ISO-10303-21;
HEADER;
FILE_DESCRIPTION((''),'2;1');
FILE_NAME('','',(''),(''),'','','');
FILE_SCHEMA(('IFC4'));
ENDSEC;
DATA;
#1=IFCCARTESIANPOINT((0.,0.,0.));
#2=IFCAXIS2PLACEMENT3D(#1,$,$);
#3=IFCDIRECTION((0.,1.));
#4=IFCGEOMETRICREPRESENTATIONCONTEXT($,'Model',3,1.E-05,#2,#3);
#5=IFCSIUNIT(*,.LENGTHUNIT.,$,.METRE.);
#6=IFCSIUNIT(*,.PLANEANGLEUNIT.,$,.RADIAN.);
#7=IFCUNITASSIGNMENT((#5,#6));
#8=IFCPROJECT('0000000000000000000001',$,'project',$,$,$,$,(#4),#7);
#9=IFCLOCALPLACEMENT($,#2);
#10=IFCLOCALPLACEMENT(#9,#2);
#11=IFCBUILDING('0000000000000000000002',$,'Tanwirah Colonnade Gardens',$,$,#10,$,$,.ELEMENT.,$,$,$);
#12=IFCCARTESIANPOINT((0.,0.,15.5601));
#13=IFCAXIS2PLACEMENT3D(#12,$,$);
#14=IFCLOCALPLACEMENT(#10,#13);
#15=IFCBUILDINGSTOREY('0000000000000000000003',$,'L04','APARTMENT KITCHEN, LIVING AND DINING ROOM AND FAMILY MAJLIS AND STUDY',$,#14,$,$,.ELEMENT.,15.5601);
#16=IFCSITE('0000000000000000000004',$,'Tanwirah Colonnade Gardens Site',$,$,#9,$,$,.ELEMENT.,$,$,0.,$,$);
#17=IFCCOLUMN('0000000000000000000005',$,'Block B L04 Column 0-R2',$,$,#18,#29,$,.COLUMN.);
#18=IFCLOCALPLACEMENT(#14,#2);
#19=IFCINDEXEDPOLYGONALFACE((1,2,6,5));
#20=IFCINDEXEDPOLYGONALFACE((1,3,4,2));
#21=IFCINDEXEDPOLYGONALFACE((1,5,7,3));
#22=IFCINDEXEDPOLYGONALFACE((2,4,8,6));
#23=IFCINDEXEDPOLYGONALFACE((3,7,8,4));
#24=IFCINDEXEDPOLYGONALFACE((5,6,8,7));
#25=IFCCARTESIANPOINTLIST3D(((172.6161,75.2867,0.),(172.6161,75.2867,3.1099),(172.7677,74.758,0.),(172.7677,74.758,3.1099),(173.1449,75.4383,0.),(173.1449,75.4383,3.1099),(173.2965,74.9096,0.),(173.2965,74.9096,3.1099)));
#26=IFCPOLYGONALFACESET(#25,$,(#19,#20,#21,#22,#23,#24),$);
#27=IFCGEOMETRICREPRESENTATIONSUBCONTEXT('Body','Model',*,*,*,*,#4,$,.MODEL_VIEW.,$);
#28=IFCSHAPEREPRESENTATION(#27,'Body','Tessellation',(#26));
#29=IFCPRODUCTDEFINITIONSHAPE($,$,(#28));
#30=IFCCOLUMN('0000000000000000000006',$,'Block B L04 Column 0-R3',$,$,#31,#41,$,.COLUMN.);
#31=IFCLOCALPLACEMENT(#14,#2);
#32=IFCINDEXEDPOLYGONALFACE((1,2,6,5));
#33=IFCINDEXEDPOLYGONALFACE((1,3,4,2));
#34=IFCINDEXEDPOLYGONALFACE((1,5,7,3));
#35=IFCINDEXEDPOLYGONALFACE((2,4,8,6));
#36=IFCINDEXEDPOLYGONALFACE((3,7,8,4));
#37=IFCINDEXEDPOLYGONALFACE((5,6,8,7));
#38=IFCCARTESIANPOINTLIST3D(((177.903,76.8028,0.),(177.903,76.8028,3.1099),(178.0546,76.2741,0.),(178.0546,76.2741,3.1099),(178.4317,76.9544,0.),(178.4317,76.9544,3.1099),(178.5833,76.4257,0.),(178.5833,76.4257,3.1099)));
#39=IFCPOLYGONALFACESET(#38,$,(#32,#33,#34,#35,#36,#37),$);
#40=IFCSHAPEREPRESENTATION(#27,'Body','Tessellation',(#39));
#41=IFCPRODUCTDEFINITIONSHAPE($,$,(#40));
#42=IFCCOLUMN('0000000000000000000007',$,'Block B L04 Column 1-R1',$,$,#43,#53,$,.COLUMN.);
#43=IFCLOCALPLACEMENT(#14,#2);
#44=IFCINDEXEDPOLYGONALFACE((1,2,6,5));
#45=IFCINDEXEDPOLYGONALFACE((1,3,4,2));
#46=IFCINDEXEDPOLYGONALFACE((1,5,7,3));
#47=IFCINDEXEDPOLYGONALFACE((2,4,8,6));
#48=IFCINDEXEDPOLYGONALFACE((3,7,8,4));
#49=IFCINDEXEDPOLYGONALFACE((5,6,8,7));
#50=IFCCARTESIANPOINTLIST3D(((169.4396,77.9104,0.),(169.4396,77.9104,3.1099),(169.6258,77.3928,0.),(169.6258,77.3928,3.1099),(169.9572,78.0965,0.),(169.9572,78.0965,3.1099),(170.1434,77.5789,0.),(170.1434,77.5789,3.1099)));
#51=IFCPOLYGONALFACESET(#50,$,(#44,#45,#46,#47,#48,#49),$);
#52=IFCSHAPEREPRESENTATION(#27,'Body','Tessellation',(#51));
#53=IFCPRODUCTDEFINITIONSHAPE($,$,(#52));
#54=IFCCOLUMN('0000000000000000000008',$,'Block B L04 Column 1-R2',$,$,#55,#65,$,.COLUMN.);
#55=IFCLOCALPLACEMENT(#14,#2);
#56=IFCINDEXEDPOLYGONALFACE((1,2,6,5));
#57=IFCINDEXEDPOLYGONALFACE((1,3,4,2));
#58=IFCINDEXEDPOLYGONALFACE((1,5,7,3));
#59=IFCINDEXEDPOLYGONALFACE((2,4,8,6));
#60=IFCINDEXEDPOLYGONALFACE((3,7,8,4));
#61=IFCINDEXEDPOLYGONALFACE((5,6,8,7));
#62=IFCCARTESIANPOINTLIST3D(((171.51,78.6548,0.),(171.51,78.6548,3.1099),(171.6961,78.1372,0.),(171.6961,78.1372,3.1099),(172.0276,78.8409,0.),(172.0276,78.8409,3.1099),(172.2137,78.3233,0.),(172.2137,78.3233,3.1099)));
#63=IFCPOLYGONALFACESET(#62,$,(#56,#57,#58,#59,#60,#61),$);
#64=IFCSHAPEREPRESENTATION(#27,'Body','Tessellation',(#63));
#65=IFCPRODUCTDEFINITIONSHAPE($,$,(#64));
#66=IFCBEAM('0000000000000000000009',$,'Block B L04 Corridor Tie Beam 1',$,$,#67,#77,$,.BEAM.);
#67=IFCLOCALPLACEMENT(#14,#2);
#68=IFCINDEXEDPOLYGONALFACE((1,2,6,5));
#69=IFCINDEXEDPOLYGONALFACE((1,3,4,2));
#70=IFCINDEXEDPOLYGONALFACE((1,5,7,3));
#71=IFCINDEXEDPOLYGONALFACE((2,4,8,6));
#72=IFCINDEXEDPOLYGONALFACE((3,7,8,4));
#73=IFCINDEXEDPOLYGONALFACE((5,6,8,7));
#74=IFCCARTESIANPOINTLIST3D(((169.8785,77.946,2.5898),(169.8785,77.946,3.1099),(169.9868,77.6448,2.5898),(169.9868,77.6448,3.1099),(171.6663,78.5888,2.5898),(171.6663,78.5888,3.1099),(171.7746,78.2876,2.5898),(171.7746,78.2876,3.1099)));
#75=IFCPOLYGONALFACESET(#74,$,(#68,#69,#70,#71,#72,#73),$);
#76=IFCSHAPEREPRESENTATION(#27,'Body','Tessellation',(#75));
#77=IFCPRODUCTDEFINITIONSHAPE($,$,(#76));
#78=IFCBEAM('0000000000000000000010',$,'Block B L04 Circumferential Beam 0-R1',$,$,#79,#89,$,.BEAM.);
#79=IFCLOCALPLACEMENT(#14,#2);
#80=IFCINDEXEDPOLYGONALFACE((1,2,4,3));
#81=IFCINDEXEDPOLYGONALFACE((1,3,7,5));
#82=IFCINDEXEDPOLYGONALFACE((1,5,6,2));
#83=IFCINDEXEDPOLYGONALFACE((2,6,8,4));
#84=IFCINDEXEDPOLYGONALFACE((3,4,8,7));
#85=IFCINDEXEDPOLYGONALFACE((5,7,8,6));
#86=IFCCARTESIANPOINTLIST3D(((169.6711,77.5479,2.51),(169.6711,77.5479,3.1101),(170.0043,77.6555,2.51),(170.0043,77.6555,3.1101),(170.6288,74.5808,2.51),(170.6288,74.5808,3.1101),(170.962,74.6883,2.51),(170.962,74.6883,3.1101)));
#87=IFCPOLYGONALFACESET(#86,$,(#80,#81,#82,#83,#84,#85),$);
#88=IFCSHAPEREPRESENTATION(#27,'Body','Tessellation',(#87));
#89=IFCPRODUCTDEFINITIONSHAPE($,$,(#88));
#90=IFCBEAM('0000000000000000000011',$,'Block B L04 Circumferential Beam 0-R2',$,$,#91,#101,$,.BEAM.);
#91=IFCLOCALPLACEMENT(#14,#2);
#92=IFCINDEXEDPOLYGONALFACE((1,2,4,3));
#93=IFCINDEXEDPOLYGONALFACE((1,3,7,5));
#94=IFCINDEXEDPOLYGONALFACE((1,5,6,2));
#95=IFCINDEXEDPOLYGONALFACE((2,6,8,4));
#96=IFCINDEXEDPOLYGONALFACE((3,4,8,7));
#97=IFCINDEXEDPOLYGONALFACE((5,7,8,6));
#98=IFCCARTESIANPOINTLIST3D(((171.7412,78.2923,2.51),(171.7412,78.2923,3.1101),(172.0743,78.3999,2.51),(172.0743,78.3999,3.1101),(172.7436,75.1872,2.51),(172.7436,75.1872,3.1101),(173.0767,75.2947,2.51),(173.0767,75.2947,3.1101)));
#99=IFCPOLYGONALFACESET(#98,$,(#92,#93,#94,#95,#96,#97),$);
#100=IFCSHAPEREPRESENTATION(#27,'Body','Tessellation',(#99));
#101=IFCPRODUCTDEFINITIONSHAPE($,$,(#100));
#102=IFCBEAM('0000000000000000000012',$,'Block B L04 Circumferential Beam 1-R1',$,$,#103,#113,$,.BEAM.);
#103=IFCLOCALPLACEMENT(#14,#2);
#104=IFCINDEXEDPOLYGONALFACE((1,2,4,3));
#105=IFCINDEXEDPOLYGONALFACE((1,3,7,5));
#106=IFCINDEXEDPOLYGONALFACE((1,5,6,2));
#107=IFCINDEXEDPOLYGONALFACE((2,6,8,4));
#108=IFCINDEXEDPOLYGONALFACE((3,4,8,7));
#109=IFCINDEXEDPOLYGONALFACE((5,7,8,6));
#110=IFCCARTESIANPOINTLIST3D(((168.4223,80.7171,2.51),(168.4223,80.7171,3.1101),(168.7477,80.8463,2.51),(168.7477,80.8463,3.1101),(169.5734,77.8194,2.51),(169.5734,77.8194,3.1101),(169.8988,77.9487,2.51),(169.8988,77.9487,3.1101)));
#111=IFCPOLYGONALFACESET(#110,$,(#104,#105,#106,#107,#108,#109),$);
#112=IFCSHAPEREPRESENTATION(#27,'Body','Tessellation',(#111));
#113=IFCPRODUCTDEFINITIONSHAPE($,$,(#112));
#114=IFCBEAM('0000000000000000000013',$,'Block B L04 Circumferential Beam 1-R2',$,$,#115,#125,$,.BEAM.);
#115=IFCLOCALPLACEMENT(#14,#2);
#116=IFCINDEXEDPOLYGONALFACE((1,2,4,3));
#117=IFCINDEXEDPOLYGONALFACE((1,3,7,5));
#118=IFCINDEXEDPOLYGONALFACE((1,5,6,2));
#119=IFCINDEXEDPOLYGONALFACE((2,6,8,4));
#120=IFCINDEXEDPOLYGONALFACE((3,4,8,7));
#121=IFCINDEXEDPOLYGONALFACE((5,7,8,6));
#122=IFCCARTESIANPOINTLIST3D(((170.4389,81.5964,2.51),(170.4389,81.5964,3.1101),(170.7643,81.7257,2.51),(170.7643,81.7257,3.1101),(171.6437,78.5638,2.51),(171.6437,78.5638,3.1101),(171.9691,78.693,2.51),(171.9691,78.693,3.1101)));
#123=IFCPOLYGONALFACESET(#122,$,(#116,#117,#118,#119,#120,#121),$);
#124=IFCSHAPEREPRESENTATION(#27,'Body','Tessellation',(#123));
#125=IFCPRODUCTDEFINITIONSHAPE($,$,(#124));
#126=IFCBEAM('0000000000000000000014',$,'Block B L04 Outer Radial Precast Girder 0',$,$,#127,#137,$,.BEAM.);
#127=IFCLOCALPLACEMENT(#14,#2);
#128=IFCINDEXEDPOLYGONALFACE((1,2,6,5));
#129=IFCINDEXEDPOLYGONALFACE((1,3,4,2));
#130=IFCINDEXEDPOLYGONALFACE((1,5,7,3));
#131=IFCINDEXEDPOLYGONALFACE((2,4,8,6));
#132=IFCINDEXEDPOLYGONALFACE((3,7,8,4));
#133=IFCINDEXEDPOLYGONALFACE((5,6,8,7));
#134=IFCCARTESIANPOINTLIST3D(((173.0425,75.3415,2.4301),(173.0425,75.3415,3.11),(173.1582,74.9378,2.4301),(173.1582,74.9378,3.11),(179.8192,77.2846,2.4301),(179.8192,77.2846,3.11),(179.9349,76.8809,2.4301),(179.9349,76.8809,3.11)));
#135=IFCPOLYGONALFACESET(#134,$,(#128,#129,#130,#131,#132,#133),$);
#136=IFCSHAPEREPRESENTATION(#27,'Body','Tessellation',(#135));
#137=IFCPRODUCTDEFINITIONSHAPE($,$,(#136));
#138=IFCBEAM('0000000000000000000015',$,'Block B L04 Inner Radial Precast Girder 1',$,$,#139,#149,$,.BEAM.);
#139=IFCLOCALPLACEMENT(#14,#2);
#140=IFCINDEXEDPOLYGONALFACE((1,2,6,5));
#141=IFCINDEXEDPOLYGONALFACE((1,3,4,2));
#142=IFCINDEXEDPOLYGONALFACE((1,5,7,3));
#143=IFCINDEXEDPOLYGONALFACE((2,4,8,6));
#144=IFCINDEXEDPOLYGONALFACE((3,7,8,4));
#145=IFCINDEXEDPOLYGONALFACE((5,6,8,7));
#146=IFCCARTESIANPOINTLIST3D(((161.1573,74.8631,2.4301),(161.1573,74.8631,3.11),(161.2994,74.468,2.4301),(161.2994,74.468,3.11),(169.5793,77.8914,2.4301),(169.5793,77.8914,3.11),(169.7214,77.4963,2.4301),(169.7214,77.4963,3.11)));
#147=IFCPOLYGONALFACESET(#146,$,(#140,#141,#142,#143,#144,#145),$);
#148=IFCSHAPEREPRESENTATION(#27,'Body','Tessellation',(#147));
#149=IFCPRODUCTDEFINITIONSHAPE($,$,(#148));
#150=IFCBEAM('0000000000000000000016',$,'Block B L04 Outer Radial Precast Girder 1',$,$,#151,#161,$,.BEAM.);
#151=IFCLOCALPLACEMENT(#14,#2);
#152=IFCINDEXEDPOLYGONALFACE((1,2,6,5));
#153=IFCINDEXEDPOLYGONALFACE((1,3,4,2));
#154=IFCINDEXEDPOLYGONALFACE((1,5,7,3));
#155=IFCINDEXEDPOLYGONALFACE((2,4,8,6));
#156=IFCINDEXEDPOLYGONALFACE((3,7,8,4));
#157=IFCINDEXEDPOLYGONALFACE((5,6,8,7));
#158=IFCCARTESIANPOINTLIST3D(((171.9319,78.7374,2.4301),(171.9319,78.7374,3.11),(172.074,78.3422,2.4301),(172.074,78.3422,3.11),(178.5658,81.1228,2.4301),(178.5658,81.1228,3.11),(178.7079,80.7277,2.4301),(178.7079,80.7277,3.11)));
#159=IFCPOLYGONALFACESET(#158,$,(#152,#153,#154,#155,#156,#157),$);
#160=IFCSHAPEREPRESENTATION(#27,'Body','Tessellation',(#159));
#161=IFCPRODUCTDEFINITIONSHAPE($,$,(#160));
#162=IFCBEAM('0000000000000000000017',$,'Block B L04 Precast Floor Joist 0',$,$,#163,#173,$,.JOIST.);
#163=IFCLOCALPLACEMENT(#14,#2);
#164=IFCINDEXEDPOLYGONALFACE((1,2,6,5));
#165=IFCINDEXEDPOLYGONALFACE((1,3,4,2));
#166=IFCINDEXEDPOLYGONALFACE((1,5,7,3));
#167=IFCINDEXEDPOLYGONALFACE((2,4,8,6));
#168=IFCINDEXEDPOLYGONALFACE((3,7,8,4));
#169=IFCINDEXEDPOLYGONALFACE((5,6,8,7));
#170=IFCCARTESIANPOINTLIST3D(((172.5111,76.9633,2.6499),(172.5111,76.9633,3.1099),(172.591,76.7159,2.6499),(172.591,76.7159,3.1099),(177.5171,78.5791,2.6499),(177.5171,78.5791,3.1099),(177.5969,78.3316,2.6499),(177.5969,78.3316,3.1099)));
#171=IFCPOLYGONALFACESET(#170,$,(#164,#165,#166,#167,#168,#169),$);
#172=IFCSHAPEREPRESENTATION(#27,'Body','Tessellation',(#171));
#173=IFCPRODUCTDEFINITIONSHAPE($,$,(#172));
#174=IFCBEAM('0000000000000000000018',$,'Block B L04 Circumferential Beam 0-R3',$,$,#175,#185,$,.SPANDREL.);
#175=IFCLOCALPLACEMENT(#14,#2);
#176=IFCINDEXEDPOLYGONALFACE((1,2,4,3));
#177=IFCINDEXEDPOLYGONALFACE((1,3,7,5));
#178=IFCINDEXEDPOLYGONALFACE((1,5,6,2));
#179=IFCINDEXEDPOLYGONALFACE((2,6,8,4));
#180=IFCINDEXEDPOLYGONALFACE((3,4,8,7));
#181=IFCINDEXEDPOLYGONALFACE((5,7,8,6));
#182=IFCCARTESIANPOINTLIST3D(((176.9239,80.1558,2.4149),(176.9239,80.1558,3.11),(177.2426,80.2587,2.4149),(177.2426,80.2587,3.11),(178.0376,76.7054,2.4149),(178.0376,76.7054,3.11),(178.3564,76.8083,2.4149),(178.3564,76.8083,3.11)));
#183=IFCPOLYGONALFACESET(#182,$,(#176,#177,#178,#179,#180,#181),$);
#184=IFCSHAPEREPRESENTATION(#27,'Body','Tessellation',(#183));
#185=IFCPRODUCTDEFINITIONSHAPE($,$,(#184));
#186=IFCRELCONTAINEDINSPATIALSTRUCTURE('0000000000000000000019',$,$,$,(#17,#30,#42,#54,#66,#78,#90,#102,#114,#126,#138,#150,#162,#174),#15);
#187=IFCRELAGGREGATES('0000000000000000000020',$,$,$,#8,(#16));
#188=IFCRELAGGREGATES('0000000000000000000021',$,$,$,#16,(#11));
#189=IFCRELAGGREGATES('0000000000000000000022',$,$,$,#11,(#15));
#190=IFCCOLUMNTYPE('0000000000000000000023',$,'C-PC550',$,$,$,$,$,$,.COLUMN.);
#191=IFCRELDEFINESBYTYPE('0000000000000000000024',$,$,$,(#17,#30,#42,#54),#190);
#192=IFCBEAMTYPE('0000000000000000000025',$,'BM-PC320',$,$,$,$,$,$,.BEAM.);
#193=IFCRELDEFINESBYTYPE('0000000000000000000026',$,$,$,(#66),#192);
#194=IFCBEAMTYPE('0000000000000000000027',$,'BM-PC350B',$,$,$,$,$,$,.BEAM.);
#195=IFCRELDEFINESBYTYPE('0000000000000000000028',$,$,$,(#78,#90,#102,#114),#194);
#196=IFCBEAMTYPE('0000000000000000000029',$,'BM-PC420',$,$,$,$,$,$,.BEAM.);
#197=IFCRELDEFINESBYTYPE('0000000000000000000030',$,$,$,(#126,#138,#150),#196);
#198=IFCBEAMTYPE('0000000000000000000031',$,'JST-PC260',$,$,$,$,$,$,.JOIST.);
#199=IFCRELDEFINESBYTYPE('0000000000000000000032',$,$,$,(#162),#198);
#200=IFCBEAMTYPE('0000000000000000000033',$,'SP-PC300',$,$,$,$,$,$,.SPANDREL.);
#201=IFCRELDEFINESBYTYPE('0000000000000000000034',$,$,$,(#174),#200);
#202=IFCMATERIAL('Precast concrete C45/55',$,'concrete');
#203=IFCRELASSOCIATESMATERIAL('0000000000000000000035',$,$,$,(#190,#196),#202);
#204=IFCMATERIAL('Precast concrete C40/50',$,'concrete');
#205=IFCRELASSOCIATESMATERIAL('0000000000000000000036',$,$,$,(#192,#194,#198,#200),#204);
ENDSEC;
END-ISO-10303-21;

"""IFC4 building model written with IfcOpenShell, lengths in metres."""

from ifc_helpers import new_model, si_unit, direction, frame, origin, origin_2d, place, context, subcontext, project, spatial, rectangle, extrude, material, material_profile, profile_set, type_object, element, save


model = new_model("IFC4")

# Units and contexts
model_context = context("Model", 3, precision=1e-05, world=origin(), true_north=direction((0.0, 1.0)))
body_context = subcontext(model_context, "Body", "Model", "MODEL_VIEW")
ifc_project = project(units=[si_unit("LENGTHUNIT", "METRE"), si_unit("PLANEANGLEUNIT", "RADIAN")], contexts=[model_context])

# Site, building, storey
site_placement = place(None, origin())
site = spatial("IfcSite", under=ifc_project, at=site_placement, Name="Tanwirah Colonnade Gardens Site", CompositionType="ELEMENT", RefElevation=0.0)
building_placement = place(site_placement, origin())
building = spatial("IfcBuilding", under=site, at=building_placement, Name="Tanwirah Colonnade Gardens", CompositionType="ELEMENT")
storey_placement = place(building_placement, frame((0.0, 0.0, 15.5601)))
storey = spatial("IfcBuildingStorey", under=building, at=storey_placement, Name="L04", Description="APARTMENT KITCHEN, LIVING AND DINING ROOM AND FAMILY MAJLIS AND STUDY", CompositionType="ELEMENT", Elevation=15.5601)

# Columns
ifc_material_1 = material(Name="Precast concrete C45/55", Category="concrete")
ifc_material_profile_1 = material_profile(ifc_material_1, rectangle(XDim=0.55, YDim=0.55, at=origin_2d()), Name="PC-COL 550x550")
ifc_profile_set_1 = profile_set([ifc_material_profile_1], Name="Precast concrete C45/55")
column_type = type_object("IfcColumnType", Name="C-PC550", PredefinedType="COLUMN", material=ifc_profile_set_1)
for number, where, z_axis, x_axis, name in (
    (1, (172.9563, 75.0981, 0.0), (0.0, 0.0, 1.0), (0.961262, 0.275637, 0.0), "Block B L04 Column 0-R2"),
    (2, (178.2432, 76.6143, 0.0), (0.0, 0.0, 1.0), (0.961262, 0.275637, 0.0), "Block B L04 Column 0-R3"),
    (3, (169.7915, 77.7446, 0.0), (0.0, 0.0, 1.0), (0.941012, 0.338373, 0.0), "Block B L04 Column 1-R1"),
    (4, (171.8618, 78.489, 0.0), (0.0, 0.0, 1.0), (0.941012, 0.338373, 0.0), "Block B L04 Column 1-R2"),
):
    element("IfcColumn", number, at=place(storey_placement, frame(where, z_axis=z_axis, x_axis=x_axis)), inside=storey, type_object=column_type, Name=name, PredefinedType="COLUMN", context=body_context, shape_type="SweptSolid", body=[
        extrude(rectangle(XDim=0.55, YDim=0.55, at=origin_2d()), origin(), (0.0, 0.0, 1.0), 3.1099),
    ])

# Beams
ifc_material_2 = material(Name="Precast concrete C40/50", Category="concrete")
ifc_material_profile_2 = material_profile(ifc_material_2, rectangle(XDim=0.3201, YDim=0.52, at=origin_2d()), Name="PC-BM 320x520")
ifc_profile_set_2 = profile_set([ifc_material_profile_2], Name="Precast concrete C40/50")
beam_type_1 = type_object("IfcBeamType", Name="BM-PC320", PredefinedType="BEAM", material=ifc_profile_set_2)
beam_1_placement = place(storey_placement, frame((169.9326, 77.7954, 2.8499), z_axis=(0.941022, 0.338346, 0.0), x_axis=(-0.338346, 0.941022, 0.0)))
element("IfcBeam", 5, at=beam_1_placement, inside=storey, type_object=beam_type_1, Name="Block B L04 Corridor Tie Beam 1", PredefinedType="BEAM", context=body_context, shape_type="SweptSolid", body=[
    extrude(rectangle(XDim=0.3201, YDim=0.52, at=origin_2d()), origin(), (0.0, 0.0, 1.0), 1.8999),
])
ifc_material_profile_3 = material_profile(ifc_material_2, rectangle(XDim=0.3501, YDim=0.6001, at=origin_2d()), Name="PC-BM 350x600")
ifc_profile_set_3 = profile_set([ifc_material_profile_3], Name="Precast concrete C40/50")
beam_type_2 = type_object("IfcBeamType", Name="BM-PC350B", PredefinedType="BEAM", material=ifc_profile_set_3)
beam_2_placement = place(storey_placement, frame((170.7954, 74.6345, 2.8101), z_axis=(-0.30717, 0.951655, 0.0), x_axis=(-0.951655, -0.30717, 0.0)))
element("IfcBeam", 6, at=beam_2_placement, inside=storey, type_object=beam_type_2, Name="Block B L04 Circumferential Beam 0-R1", PredefinedType="BEAM", context=body_context, shape_type="SweptSolid", body=[
    extrude(rectangle(XDim=0.3501, YDim=0.6001, at=origin_2d()), origin(), (0.0, 0.0, 1.0), 3.1179),
])
beam_3_placement = place(storey_placement, frame((172.9102, 75.241, 2.8101), z_axis=(-0.307213, 0.951641, 0.0), x_axis=(-0.951641, -0.307213, 0.0)))
element("IfcBeam", 7, at=beam_3_placement, inside=storey, type_object=beam_type_2, Name="Block B L04 Circumferential Beam 0-R2", PredefinedType="BEAM", context=body_context, shape_type="SweptSolid", body=[
    extrude(rectangle(XDim=0.3501, YDim=0.6001, at=origin_2d()), origin(), (0.0, 0.0, 1.0), 3.2629),
])
beam_4_placement = place(storey_placement, frame((169.7361, 77.884, 2.8101), z_axis=(-0.369189, 0.929354, 0.0), x_axis=(-0.929354, -0.369189, 0.0)))
element("IfcBeam", 8, at=beam_4_placement, inside=storey, type_object=beam_type_2, Name="Block B L04 Circumferential Beam 1-R1", PredefinedType="BEAM", context=body_context, shape_type="SweptSolid", body=[
    extrude(rectangle(XDim=0.3501, YDim=0.6001, at=origin_2d()), origin(), (0.0, 0.0, 1.0), 3.1179),
])
beam_5_placement = place(storey_placement, frame((171.8064, 78.6284, 2.8101), z_axis=(-0.36921, 0.929346, 0.0), x_axis=(-0.929346, -0.36921, 0.0)))
element("IfcBeam", 9, at=beam_5_placement, inside=storey, type_object=beam_type_2, Name="Block B L04 Circumferential Beam 1-R2", PredefinedType="BEAM", context=body_context, shape_type="SweptSolid", body=[
    extrude(rectangle(XDim=0.3501, YDim=0.6001, at=origin_2d()), origin(), (0.0, 0.0, 1.0), 3.2632),
])
ifc_material_profile_4 = material_profile(ifc_material_1, rectangle(XDim=0.4199, YDim=0.6799, at=origin_2d()), Name="PC-BM 420x680")
ifc_profile_set_4 = profile_set([ifc_material_profile_4], Name="Precast concrete C45/55")
beam_type_3 = type_object("IfcBeamType", Name="BM-PC420", PredefinedType="BEAM", material=ifc_profile_set_4)
beam_6_placement = place(storey_placement, frame((173.1003, 75.1396, 2.77), z_axis=(0.961266, 0.275622, 0.0), x_axis=(-0.275622, 0.961266, 0.0)))
element("IfcBeam", 10, at=beam_6_placement, inside=storey, type_object=beam_type_3, Name="Block B L04 Outer Radial Precast Girder 0", PredefinedType="BEAM", context=body_context, shape_type="SweptSolid", body=[
    extrude(rectangle(XDim=0.4199, YDim=0.6799, at=origin_2d()), origin(), (0.0, 0.0, 1.0), 7.0498),
])
beam_7_placement = place(storey_placement, frame((169.6504, 77.6938, 2.77), z_axis=(-0.941017, -0.338359, 0.0), x_axis=(0.338359, -0.941017, 0.0)))
element("IfcBeam", 11, at=beam_7_placement, inside=storey, type_object=beam_type_3, Name="Block B L04 Inner Radial Precast Girder 1", PredefinedType="BEAM", context=body_context, shape_type="SweptSolid", body=[
    extrude(rectangle(XDim=0.4199, YDim=0.6799, at=origin_2d()), origin(), (0.0, 0.0, 1.0), 8.95),
])
beam_8_placement = place(storey_placement, frame((172.0029, 78.5398, 2.77), z_axis=(0.941012, 0.338374, 0.0), x_axis=(-0.338374, 0.941012, 0.0)))
element("IfcBeam", 12, at=beam_8_placement, inside=storey, type_object=beam_type_3, Name="Block B L04 Outer Radial Precast Girder 1", PredefinedType="BEAM", context=body_context, shape_type="SweptSolid", body=[
    extrude(rectangle(XDim=0.4199, YDim=0.6799, at=origin_2d()), origin(), (0.0, 0.0, 1.0), 7.0498),
])
ifc_material_profile_5 = material_profile(ifc_material_2, rectangle(XDim=0.26, YDim=0.46, at=origin_2d()), Name="PC-JST 260x460")
ifc_profile_set_5 = profile_set([ifc_material_profile_5], Name="Precast concrete C40/50")
beam_type_4 = type_object("IfcBeamType", Name="JST-PC260", PredefinedType="JOIST", material=ifc_profile_set_5)
beam_9_placement = place(storey_placement, frame((172.551, 76.8396, 2.8799), z_axis=(0.951657, 0.307163, 0.0), x_axis=(-0.307163, 0.951657, 0.0)))
element("IfcBeam", 13, at=beam_9_placement, inside=storey, type_object=beam_type_4, Name="Block B L04 Precast Floor Joist 0", PredefinedType="JOIST", context=body_context, shape_type="SweptSolid", body=[
    extrude(rectangle(XDim=0.26, YDim=0.46, at=origin_2d()), origin(), (0.0, 0.0, 1.0), 5.2603),
])
ifc_material_profile_6 = material_profile(ifc_material_2, rectangle(XDim=0.335, YDim=0.6951, at=origin_2d()), Name="PC-SP 335x695")
ifc_profile_set_6 = profile_set([ifc_material_profile_6], Name="Precast concrete C40/50")
beam_type_5 = type_object("IfcBeamType", Name="SP-PC300", PredefinedType="SPANDREL", material=ifc_profile_set_6)
beam_10_placement = place(storey_placement, frame((178.197, 76.7568, 2.7625), z_axis=(-0.307184, 0.95165, 0.0), x_axis=(-0.95165, -0.307184, 0.0)))
element("IfcBeam", 14, at=beam_10_placement, inside=storey, type_object=beam_type_5, Name="Block B L04 Circumferential Beam 0-R3", PredefinedType="SPANDREL", context=body_context, shape_type="SweptSolid", body=[
    extrude(rectangle(XDim=0.335, YDim=0.6951, at=origin_2d()), origin(), (0.0, 0.0, 1.0), 3.6257),
])

save(model, "model.ifc")
